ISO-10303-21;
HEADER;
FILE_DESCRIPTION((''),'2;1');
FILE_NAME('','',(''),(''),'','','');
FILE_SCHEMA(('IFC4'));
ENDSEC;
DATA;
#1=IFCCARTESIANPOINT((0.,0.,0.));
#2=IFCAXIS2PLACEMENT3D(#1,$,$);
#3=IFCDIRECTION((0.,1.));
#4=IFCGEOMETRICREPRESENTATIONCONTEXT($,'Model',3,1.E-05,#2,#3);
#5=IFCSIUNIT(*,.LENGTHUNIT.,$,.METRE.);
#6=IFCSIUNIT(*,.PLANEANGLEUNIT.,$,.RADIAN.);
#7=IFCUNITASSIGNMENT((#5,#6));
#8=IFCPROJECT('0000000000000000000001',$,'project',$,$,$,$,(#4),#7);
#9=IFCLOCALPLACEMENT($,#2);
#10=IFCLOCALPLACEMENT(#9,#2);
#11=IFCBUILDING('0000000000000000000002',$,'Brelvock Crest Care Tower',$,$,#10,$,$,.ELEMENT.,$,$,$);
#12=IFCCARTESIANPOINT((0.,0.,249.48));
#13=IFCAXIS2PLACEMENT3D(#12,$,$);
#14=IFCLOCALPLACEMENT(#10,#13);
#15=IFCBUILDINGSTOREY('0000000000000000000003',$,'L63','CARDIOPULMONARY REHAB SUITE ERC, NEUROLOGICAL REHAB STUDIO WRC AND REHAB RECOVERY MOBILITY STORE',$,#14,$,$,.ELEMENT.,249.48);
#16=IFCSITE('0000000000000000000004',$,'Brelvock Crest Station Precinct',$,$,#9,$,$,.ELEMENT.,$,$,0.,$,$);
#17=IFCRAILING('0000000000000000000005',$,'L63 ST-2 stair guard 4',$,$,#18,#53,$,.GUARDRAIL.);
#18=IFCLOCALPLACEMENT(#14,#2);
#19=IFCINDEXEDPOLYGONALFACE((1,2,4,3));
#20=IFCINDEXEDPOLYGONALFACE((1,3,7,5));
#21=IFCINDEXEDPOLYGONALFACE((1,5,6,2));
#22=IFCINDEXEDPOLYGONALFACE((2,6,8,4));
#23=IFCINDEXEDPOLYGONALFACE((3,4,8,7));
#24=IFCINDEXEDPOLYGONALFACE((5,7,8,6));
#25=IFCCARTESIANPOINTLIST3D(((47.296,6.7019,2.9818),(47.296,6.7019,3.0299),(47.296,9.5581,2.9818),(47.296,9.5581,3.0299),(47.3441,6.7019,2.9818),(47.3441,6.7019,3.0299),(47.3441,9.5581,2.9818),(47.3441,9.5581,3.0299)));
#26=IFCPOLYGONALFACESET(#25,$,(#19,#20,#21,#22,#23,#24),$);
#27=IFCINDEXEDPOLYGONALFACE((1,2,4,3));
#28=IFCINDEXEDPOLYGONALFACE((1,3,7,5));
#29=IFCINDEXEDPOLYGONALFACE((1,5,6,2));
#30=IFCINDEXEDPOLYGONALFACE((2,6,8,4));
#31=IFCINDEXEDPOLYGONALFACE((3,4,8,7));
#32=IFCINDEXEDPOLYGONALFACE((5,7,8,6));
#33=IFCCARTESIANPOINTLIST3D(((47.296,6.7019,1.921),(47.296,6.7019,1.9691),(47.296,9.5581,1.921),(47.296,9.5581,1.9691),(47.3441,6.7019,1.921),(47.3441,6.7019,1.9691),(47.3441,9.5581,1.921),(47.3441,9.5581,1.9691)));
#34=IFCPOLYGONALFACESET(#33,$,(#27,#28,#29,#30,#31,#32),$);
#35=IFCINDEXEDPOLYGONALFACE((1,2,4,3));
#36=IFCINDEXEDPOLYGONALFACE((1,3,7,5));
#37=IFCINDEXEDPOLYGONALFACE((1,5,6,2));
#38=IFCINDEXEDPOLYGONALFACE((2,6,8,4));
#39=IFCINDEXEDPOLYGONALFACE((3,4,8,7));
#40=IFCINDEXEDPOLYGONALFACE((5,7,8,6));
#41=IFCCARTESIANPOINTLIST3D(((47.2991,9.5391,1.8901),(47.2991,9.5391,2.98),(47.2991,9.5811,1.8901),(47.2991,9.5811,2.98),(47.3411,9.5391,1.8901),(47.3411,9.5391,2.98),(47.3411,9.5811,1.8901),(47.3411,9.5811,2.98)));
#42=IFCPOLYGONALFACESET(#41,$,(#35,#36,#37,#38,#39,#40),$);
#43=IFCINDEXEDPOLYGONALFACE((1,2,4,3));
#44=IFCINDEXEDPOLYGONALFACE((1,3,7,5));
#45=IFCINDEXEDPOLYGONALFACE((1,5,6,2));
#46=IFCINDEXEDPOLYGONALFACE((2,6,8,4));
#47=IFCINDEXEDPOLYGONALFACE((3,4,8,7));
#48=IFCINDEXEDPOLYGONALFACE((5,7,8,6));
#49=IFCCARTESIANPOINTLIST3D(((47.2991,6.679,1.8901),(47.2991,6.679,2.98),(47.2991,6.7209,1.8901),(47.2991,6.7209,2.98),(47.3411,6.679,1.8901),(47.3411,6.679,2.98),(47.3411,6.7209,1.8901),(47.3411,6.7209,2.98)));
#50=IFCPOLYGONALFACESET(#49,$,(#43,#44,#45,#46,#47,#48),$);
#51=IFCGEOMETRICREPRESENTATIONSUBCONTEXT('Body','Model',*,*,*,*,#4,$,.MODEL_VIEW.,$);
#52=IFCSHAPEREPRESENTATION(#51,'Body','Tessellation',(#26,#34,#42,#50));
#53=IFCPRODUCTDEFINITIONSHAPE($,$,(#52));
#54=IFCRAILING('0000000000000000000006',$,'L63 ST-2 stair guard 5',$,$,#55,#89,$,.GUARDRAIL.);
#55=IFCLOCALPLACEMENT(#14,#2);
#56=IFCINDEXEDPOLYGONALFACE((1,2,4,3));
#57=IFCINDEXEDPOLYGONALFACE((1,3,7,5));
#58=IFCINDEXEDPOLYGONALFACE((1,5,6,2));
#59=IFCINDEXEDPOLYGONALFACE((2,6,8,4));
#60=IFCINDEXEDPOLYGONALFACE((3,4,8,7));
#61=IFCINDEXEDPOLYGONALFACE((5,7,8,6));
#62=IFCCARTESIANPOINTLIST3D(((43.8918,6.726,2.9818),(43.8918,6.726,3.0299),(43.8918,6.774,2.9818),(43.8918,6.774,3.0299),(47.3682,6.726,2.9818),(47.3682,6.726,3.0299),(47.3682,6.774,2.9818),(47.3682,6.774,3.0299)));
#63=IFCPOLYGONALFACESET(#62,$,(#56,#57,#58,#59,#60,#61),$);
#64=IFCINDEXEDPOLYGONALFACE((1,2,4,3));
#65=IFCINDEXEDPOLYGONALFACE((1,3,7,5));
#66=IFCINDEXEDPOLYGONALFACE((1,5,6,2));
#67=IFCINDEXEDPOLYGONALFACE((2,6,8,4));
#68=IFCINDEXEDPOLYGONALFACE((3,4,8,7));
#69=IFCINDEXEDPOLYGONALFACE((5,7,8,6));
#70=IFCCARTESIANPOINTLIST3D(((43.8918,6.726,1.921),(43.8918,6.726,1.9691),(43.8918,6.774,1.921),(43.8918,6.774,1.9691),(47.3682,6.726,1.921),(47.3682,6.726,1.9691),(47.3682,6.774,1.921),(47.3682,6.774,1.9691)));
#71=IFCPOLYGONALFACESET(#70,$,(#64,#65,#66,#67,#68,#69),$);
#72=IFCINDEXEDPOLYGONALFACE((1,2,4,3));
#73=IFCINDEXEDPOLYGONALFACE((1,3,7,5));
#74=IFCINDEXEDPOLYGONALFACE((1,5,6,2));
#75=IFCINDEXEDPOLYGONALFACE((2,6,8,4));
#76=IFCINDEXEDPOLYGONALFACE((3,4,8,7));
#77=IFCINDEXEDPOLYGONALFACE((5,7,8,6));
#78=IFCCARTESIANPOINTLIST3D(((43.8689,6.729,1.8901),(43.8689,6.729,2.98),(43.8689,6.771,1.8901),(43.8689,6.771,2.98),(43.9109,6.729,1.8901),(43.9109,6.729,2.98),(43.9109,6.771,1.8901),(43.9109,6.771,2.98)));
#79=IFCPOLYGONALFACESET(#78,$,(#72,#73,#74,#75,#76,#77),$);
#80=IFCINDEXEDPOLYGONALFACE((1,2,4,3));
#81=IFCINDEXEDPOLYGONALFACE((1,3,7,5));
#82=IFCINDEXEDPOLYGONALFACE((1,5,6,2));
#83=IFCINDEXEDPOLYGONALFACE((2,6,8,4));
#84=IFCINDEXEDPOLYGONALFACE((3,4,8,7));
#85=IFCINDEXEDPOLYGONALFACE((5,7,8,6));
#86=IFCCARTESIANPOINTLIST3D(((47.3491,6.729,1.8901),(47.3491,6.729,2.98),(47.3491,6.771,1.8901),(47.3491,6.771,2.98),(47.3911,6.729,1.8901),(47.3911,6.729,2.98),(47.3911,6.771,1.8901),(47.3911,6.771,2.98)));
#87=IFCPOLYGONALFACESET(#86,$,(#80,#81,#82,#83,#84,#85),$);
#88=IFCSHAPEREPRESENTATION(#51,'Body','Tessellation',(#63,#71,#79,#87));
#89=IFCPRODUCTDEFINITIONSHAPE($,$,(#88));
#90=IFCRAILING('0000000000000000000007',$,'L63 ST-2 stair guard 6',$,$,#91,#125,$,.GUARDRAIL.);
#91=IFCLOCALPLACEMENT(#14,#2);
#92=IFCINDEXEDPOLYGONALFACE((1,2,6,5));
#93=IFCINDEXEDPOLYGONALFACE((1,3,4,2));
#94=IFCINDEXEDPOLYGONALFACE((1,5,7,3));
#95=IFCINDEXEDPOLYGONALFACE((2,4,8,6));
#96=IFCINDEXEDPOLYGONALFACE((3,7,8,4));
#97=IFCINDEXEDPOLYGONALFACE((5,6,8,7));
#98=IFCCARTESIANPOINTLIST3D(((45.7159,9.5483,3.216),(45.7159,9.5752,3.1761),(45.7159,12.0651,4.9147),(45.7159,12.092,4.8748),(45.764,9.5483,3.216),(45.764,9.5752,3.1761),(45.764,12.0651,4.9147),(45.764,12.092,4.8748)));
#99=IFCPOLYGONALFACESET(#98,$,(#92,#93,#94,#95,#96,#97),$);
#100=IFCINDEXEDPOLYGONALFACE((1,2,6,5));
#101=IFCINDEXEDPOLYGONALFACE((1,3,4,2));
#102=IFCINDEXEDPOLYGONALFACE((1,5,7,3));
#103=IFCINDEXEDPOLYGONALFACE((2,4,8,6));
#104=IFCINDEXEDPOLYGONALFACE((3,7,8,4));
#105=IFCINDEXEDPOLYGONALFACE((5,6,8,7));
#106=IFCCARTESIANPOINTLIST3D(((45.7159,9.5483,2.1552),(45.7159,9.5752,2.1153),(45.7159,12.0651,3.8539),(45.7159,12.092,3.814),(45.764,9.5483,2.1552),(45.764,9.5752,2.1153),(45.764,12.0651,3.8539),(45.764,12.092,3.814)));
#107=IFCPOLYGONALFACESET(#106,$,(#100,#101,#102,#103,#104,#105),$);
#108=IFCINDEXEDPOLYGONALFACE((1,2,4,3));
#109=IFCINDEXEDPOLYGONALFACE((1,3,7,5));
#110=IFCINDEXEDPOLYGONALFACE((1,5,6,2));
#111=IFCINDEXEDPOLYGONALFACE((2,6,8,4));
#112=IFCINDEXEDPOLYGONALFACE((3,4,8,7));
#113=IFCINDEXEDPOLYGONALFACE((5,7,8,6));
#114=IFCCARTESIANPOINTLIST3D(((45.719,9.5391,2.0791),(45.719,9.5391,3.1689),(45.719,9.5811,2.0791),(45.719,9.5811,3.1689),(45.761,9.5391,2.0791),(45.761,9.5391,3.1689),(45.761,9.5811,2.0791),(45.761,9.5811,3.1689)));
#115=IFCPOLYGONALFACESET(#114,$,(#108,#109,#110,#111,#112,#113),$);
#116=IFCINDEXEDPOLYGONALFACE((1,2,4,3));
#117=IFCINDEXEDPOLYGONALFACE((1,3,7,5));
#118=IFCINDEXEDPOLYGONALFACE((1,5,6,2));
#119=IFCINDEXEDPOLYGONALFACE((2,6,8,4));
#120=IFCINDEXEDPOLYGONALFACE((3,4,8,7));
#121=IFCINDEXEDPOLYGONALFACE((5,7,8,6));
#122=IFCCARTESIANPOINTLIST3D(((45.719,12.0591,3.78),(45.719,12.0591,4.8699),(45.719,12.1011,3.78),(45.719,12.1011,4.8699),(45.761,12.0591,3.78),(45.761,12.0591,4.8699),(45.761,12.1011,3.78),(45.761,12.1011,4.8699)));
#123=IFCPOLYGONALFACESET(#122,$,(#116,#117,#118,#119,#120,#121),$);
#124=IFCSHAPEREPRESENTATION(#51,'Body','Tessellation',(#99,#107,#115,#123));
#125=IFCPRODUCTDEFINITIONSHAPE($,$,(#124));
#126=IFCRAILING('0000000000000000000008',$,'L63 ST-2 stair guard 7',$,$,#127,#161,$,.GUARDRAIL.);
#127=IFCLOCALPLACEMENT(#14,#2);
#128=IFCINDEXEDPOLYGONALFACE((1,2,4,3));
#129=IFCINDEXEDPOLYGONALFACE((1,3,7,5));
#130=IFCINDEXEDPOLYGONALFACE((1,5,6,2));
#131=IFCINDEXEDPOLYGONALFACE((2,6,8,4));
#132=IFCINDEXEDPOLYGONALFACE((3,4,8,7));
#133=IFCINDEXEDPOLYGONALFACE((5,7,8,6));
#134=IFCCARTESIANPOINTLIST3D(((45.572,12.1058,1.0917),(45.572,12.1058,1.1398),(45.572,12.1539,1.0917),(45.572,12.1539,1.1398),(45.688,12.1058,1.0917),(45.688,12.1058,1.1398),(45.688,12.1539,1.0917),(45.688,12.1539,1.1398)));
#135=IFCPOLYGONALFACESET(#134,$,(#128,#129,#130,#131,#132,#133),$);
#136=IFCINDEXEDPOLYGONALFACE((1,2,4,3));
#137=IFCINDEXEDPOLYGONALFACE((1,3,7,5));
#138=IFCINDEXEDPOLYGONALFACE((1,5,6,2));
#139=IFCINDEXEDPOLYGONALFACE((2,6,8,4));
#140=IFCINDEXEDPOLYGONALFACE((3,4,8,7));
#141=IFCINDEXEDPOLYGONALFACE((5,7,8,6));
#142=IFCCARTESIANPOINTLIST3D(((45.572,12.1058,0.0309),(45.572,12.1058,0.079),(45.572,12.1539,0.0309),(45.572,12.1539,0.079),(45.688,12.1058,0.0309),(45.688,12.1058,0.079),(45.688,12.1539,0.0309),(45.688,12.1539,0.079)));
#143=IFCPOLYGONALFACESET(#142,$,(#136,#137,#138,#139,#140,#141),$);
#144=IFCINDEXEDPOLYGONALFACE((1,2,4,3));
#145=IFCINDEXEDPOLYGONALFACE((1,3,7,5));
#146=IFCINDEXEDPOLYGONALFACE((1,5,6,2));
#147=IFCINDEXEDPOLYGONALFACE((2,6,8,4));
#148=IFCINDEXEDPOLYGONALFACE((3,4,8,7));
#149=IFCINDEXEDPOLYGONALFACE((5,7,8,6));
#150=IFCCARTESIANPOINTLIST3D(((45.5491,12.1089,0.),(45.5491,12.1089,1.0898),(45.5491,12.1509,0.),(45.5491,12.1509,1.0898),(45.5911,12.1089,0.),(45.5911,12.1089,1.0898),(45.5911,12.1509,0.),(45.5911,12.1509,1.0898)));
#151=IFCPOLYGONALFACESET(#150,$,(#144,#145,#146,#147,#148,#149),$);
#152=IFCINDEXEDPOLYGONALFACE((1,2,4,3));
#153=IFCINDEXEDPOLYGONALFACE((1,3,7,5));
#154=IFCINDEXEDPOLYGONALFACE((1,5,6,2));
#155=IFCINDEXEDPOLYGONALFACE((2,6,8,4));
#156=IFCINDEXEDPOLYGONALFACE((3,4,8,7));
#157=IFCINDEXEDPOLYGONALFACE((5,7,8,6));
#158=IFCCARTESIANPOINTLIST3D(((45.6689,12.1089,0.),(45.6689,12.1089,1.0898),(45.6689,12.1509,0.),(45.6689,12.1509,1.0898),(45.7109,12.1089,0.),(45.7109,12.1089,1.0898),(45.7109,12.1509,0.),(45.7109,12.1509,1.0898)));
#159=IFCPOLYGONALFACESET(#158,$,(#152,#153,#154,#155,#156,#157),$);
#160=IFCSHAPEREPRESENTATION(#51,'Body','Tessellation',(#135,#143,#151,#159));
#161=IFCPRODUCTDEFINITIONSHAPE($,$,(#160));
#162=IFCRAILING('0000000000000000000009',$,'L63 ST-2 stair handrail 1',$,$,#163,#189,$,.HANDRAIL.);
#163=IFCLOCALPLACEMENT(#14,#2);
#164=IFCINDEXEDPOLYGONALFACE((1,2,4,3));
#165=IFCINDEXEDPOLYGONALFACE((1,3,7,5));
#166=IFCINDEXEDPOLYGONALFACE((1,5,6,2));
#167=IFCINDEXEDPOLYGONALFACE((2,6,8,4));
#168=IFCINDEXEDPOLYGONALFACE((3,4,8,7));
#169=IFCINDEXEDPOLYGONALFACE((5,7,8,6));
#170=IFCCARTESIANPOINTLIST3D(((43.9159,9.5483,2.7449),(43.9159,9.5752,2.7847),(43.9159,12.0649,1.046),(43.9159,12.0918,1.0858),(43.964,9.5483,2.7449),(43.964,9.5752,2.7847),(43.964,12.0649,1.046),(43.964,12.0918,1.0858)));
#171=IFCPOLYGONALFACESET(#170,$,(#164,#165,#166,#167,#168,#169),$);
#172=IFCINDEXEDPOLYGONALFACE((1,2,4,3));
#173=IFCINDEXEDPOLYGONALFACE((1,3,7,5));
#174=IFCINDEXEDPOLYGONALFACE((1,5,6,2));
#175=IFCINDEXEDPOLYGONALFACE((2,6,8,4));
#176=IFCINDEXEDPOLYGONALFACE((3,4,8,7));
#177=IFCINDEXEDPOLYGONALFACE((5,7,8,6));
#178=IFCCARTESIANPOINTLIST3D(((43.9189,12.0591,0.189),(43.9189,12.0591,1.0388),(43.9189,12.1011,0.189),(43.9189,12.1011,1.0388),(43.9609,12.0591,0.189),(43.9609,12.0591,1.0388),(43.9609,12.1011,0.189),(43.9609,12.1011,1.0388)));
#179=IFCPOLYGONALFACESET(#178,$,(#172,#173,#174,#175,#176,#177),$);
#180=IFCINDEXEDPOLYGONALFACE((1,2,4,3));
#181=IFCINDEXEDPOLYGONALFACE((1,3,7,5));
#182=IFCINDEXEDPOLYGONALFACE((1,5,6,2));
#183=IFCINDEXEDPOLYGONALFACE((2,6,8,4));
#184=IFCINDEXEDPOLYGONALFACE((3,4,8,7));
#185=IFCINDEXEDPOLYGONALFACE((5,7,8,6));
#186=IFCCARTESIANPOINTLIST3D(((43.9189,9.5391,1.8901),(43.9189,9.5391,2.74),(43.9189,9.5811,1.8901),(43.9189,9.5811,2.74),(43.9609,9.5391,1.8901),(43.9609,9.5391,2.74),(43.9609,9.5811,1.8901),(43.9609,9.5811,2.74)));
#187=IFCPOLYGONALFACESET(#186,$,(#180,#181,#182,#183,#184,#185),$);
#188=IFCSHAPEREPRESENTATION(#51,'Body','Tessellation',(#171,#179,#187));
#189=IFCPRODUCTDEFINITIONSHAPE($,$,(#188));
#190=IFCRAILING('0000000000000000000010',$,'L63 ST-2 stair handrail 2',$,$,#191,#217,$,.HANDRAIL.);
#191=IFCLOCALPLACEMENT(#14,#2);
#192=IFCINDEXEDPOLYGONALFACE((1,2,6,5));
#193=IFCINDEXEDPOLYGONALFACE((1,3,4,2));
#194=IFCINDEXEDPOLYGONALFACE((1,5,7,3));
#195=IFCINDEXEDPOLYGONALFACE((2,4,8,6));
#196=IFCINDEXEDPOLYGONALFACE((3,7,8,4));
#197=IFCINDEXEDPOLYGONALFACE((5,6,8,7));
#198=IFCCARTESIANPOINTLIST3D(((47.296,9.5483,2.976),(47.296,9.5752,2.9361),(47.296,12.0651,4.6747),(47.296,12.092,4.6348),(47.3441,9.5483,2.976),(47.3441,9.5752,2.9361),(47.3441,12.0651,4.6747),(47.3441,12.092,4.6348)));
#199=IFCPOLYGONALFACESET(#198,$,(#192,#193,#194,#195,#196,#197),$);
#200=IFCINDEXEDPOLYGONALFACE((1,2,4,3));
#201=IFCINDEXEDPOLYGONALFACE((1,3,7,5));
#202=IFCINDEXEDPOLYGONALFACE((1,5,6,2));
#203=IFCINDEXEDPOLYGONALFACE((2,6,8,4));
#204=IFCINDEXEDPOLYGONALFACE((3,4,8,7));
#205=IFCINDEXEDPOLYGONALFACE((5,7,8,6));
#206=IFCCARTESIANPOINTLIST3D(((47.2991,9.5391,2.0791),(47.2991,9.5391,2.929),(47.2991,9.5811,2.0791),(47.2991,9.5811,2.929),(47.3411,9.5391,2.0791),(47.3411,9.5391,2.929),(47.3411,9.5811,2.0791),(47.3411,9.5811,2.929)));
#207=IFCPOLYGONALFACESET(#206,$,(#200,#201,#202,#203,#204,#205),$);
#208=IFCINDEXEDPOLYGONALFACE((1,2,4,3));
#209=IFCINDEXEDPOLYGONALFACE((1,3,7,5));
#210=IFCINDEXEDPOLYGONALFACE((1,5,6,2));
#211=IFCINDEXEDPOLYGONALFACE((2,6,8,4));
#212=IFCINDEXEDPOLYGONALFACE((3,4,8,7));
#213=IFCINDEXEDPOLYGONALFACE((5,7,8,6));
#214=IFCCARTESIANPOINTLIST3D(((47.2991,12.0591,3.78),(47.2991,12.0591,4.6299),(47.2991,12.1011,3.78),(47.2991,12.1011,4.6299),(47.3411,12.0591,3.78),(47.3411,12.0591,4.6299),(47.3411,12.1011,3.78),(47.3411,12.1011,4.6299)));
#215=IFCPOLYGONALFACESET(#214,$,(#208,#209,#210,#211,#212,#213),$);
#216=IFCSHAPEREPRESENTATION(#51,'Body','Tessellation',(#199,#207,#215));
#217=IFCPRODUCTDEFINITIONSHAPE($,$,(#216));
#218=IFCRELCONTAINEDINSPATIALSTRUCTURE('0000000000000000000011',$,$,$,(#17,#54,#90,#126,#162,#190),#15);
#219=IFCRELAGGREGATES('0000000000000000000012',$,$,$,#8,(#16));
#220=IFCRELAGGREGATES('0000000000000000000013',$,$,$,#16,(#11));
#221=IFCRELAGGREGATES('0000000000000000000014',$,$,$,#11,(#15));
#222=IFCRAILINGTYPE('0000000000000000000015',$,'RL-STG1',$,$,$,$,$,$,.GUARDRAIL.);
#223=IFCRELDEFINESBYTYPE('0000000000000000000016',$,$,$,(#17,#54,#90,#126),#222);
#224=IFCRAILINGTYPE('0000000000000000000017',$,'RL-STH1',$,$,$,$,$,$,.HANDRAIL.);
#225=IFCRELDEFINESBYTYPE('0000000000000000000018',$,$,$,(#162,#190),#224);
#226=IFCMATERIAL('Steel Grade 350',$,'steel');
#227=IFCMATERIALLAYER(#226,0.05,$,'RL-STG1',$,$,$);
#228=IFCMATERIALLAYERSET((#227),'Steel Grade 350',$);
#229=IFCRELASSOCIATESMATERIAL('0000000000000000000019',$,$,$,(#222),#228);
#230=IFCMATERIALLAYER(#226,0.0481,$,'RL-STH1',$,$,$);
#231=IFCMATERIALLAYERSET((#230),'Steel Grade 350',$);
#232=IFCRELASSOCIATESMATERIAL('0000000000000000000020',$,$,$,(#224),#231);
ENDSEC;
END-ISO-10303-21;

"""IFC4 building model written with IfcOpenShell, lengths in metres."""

from ifc_helpers import new_model, si_unit, direction, frame, origin, origin_2d, place, context, subcontext, project, spatial, rectangle, extrude, material, layer, layer_set, type_object, element, save


model = new_model("IFC4")

# Units and contexts
model_context = context("Model", 3, precision=1e-05, world=origin(), true_north=direction((0.0, 1.0)))
body_context = subcontext(model_context, "Body", "Model", "MODEL_VIEW")
ifc_project = project(units=[si_unit("LENGTHUNIT", "METRE"), si_unit("PLANEANGLEUNIT", "RADIAN")], contexts=[model_context])

# Site, building, storey
site_placement = place(None, origin())
site = spatial("IfcSite", under=ifc_project, at=site_placement, Name="Brelvock Crest Station Precinct", CompositionType="ELEMENT", RefElevation=0.0)
building_placement = place(site_placement, origin())
building = spatial("IfcBuilding", under=site, at=building_placement, Name="Brelvock Crest Care Tower", CompositionType="ELEMENT")
storey_placement = place(building_placement, frame((0.0, 0.0, 249.48)))
storey = spatial("IfcBuildingStorey", under=building, at=storey_placement, Name="L63", Description="CARDIOPULMONARY REHAB SUITE ERC, NEUROLOGICAL REHAB STUDIO WRC AND REHAB RECOVERY MOBILITY STORE", CompositionType="ELEMENT", Elevation=249.48)

# Shared definitions
ifc_material_1 = material(Name="Steel Grade 350", Category="steel")

# Railings
ifc_layer_1 = layer(ifc_material_1, 0.05, Name="RL-STG1")
ifc_layer_set_1 = layer_set([ifc_layer_1], Name="Steel Grade 350")
railing_type_1 = type_object("IfcRailingType", Name="RL-STG1", PredefinedType="GUARDRAIL", material=ifc_layer_set_1)
for number, where, name in (
    (1, (47.3201, 9.5601, 1.8901), "L63 ST-2 stair guard 4"),
):
    element("IfcRailing", number, at=place(storey_placement, frame(where)), inside=storey, type_object=railing_type_1, Name=name, PredefinedType="GUARDRAIL", context=body_context, shape_type="SweptSolid", body=[
        extrude(rectangle(XDim=0.0481, YDim=0.0481, at=origin_2d()), frame((0.0, -0.002, 1.1157), z_axis=(0.0, -1.0, 0.0), x_axis=(1.0, 0.0, 0.0)), (0.0, 0.0, 1.0), 2.8562),
        extrude(rectangle(XDim=0.0481, YDim=0.0481, at=origin_2d()), frame((0.0, -0.002, 0.0549), z_axis=(0.0, -1.0, 0.0), x_axis=(1.0, 0.0, 0.0)), (0.0, 0.0, 1.0), 2.8562),
        extrude(rectangle(XDim=0.042, YDim=0.042, at=origin_2d()), origin(), (0.0, 0.0, 1.0), 1.0898),
        extrude(rectangle(XDim=0.042, YDim=0.042, at=origin_2d()), frame((0.0, -2.8601, 0.0)), (0.0, 0.0, 1.0), 1.0898),
    ])
railing_1_placement = place(storey_placement, frame((43.8899, 6.75, 1.8901)))
element("IfcRailing", 2, at=railing_1_placement, inside=storey, type_object=railing_type_1, Name="L63 ST-2 stair guard 5", PredefinedType="GUARDRAIL", context=body_context, shape_type="SweptSolid", body=[
    extrude(rectangle(XDim=0.0481, YDim=0.0481, at=origin_2d()), frame((0.002, 0.0, 1.1157), z_axis=(1.0, 0.0, 0.0), x_axis=(0.0, 1.0, 0.0)), (0.0, 0.0, 1.0), 3.4763),
    extrude(rectangle(XDim=0.0481, YDim=0.0481, at=origin_2d()), frame((0.002, 0.0, 0.0549), z_axis=(1.0, 0.0, 0.0), x_axis=(0.0, 1.0, 0.0)), (0.0, 0.0, 1.0), 3.4763),
    extrude(rectangle(XDim=0.042, YDim=0.042, at=origin_2d()), origin(), (0.0, 0.0, 1.0), 1.0898),
    extrude(rectangle(XDim=0.042, YDim=0.042, at=origin_2d()), frame((3.4802, 0.0, 0.0)), (0.0, 0.0, 1.0), 1.0898),
])
railing_2_placement = place(storey_placement, frame((45.74, 9.5601, 2.0791)))
element("IfcRailing", 3, at=railing_2_placement, inside=storey, type_object=railing_type_1, Name="L63 ST-2 stair guard 6", PredefinedType="GUARDRAIL", context=body_context, shape_type="SweptSolid", body=[
    extrude(rectangle(XDim=0.0481, YDim=0.0481, at=origin_2d()), frame((0.0, 0.0017, 1.1169), z_axis=(0.0, 0.828862, 0.559454), x_axis=(-1.0, 0.0, 0.0)), (0.0, 0.0, 1.0), 3.0364),
    extrude(rectangle(XDim=0.0481, YDim=0.0481, at=origin_2d()), frame((0.0, 0.0017, 0.0562), z_axis=(0.0, 0.828862, 0.559454), x_axis=(-1.0, 0.0, 0.0)), (0.0, 0.0, 1.0), 3.0364),
    extrude(rectangle(XDim=0.042, YDim=0.042, at=origin_2d()), origin(), (0.0, 0.0, 1.0), 1.0898),
    extrude(rectangle(XDim=0.042, YDim=0.042, at=origin_2d()), frame((0.0, 2.52, 1.7009)), (0.0, 0.0, 1.0), 1.0898),
])
railing_3_placement = place(storey_placement, frame((45.5701, 12.1299, 0.0)))
element("IfcRailing", 4, at=railing_3_placement, inside=storey, type_object=railing_type_1, Name="L63 ST-2 stair guard 7", PredefinedType="GUARDRAIL", context=body_context, shape_type="SweptSolid", body=[
    extrude(rectangle(XDim=0.0481, YDim=0.0481, at=origin_2d()), frame((0.002, 0.0, 1.1157), z_axis=(1.0, 0.0, 0.0), x_axis=(0.0, 1.0, 0.0)), (0.0, 0.0, 1.0), 0.116),
    extrude(rectangle(XDim=0.0481, YDim=0.0481, at=origin_2d()), frame((0.002, 0.0, 0.0549), z_axis=(1.0, 0.0, 0.0), x_axis=(0.0, 1.0, 0.0)), (0.0, 0.0, 1.0), 0.116),
    extrude(rectangle(XDim=0.042, YDim=0.042, at=origin_2d()), origin(), (0.0, 0.0, 1.0), 1.0898),
    extrude(rectangle(XDim=0.042, YDim=0.042, at=origin_2d()), frame((0.1199, 0.0, 0.0)), (0.0, 0.0, 1.0), 1.0898),
])
ifc_layer_2 = layer(ifc_material_1, 0.0481, Name="RL-STH1")
ifc_layer_set_2 = layer_set([ifc_layer_2], Name="Steel Grade 350")
railing_type_2 = type_object("IfcRailingType", Name="RL-STH1", PredefinedType="HANDRAIL", material=ifc_layer_set_2)
railing_4_placement = place(storey_placement, frame((43.9399, 12.0801, 0.189)))
element("IfcRailing", 5, at=railing_4_placement, inside=storey, type_object=railing_type_2, Name="L63 ST-2 stair handrail 1", PredefinedType="HANDRAIL", context=body_context, shape_type="SweptSolid", body=[
    extrude(rectangle(XDim=0.0481, YDim=0.0481, at=origin_2d()), frame((0.0, -0.0017, 0.877), z_axis=(0.0, -0.828824, 0.559509), x_axis=(1.0, 0.0, 0.0)), (0.0, 0.0, 1.0), 3.0364),
    extrude(rectangle(XDim=0.042, YDim=0.042, at=origin_2d()), origin(), (0.0, 0.0, 1.0), 0.8499),
    extrude(rectangle(XDim=0.042, YDim=0.042, at=origin_2d()), frame((0.0, -2.52, 1.7012)), (0.0, 0.0, 1.0), 0.8499),
])
railing_5_placement = place(storey_placement, frame((47.3201, 9.5601, 2.0791)))
element("IfcRailing", 6, at=railing_5_placement, inside=storey, type_object=railing_type_2, Name="L63 ST-2 stair handrail 2", PredefinedType="HANDRAIL", context=body_context, shape_type="SweptSolid", body=[
    extrude(rectangle(XDim=0.0481, YDim=0.0481, at=origin_2d()), frame((0.0, 0.0017, 0.877), z_axis=(0.0, 0.828862, 0.559454), x_axis=(-1.0, 0.0, 0.0)), (0.0, 0.0, 1.0), 3.0364),
    extrude(rectangle(XDim=0.042, YDim=0.042, at=origin_2d()), origin(), (0.0, 0.0, 1.0), 0.8499),
    extrude(rectangle(XDim=0.042, YDim=0.042, at=origin_2d()), frame((0.0, 2.52, 1.7009)), (0.0, 0.0, 1.0), 0.8499),
])

save(model, "model.ifc")
